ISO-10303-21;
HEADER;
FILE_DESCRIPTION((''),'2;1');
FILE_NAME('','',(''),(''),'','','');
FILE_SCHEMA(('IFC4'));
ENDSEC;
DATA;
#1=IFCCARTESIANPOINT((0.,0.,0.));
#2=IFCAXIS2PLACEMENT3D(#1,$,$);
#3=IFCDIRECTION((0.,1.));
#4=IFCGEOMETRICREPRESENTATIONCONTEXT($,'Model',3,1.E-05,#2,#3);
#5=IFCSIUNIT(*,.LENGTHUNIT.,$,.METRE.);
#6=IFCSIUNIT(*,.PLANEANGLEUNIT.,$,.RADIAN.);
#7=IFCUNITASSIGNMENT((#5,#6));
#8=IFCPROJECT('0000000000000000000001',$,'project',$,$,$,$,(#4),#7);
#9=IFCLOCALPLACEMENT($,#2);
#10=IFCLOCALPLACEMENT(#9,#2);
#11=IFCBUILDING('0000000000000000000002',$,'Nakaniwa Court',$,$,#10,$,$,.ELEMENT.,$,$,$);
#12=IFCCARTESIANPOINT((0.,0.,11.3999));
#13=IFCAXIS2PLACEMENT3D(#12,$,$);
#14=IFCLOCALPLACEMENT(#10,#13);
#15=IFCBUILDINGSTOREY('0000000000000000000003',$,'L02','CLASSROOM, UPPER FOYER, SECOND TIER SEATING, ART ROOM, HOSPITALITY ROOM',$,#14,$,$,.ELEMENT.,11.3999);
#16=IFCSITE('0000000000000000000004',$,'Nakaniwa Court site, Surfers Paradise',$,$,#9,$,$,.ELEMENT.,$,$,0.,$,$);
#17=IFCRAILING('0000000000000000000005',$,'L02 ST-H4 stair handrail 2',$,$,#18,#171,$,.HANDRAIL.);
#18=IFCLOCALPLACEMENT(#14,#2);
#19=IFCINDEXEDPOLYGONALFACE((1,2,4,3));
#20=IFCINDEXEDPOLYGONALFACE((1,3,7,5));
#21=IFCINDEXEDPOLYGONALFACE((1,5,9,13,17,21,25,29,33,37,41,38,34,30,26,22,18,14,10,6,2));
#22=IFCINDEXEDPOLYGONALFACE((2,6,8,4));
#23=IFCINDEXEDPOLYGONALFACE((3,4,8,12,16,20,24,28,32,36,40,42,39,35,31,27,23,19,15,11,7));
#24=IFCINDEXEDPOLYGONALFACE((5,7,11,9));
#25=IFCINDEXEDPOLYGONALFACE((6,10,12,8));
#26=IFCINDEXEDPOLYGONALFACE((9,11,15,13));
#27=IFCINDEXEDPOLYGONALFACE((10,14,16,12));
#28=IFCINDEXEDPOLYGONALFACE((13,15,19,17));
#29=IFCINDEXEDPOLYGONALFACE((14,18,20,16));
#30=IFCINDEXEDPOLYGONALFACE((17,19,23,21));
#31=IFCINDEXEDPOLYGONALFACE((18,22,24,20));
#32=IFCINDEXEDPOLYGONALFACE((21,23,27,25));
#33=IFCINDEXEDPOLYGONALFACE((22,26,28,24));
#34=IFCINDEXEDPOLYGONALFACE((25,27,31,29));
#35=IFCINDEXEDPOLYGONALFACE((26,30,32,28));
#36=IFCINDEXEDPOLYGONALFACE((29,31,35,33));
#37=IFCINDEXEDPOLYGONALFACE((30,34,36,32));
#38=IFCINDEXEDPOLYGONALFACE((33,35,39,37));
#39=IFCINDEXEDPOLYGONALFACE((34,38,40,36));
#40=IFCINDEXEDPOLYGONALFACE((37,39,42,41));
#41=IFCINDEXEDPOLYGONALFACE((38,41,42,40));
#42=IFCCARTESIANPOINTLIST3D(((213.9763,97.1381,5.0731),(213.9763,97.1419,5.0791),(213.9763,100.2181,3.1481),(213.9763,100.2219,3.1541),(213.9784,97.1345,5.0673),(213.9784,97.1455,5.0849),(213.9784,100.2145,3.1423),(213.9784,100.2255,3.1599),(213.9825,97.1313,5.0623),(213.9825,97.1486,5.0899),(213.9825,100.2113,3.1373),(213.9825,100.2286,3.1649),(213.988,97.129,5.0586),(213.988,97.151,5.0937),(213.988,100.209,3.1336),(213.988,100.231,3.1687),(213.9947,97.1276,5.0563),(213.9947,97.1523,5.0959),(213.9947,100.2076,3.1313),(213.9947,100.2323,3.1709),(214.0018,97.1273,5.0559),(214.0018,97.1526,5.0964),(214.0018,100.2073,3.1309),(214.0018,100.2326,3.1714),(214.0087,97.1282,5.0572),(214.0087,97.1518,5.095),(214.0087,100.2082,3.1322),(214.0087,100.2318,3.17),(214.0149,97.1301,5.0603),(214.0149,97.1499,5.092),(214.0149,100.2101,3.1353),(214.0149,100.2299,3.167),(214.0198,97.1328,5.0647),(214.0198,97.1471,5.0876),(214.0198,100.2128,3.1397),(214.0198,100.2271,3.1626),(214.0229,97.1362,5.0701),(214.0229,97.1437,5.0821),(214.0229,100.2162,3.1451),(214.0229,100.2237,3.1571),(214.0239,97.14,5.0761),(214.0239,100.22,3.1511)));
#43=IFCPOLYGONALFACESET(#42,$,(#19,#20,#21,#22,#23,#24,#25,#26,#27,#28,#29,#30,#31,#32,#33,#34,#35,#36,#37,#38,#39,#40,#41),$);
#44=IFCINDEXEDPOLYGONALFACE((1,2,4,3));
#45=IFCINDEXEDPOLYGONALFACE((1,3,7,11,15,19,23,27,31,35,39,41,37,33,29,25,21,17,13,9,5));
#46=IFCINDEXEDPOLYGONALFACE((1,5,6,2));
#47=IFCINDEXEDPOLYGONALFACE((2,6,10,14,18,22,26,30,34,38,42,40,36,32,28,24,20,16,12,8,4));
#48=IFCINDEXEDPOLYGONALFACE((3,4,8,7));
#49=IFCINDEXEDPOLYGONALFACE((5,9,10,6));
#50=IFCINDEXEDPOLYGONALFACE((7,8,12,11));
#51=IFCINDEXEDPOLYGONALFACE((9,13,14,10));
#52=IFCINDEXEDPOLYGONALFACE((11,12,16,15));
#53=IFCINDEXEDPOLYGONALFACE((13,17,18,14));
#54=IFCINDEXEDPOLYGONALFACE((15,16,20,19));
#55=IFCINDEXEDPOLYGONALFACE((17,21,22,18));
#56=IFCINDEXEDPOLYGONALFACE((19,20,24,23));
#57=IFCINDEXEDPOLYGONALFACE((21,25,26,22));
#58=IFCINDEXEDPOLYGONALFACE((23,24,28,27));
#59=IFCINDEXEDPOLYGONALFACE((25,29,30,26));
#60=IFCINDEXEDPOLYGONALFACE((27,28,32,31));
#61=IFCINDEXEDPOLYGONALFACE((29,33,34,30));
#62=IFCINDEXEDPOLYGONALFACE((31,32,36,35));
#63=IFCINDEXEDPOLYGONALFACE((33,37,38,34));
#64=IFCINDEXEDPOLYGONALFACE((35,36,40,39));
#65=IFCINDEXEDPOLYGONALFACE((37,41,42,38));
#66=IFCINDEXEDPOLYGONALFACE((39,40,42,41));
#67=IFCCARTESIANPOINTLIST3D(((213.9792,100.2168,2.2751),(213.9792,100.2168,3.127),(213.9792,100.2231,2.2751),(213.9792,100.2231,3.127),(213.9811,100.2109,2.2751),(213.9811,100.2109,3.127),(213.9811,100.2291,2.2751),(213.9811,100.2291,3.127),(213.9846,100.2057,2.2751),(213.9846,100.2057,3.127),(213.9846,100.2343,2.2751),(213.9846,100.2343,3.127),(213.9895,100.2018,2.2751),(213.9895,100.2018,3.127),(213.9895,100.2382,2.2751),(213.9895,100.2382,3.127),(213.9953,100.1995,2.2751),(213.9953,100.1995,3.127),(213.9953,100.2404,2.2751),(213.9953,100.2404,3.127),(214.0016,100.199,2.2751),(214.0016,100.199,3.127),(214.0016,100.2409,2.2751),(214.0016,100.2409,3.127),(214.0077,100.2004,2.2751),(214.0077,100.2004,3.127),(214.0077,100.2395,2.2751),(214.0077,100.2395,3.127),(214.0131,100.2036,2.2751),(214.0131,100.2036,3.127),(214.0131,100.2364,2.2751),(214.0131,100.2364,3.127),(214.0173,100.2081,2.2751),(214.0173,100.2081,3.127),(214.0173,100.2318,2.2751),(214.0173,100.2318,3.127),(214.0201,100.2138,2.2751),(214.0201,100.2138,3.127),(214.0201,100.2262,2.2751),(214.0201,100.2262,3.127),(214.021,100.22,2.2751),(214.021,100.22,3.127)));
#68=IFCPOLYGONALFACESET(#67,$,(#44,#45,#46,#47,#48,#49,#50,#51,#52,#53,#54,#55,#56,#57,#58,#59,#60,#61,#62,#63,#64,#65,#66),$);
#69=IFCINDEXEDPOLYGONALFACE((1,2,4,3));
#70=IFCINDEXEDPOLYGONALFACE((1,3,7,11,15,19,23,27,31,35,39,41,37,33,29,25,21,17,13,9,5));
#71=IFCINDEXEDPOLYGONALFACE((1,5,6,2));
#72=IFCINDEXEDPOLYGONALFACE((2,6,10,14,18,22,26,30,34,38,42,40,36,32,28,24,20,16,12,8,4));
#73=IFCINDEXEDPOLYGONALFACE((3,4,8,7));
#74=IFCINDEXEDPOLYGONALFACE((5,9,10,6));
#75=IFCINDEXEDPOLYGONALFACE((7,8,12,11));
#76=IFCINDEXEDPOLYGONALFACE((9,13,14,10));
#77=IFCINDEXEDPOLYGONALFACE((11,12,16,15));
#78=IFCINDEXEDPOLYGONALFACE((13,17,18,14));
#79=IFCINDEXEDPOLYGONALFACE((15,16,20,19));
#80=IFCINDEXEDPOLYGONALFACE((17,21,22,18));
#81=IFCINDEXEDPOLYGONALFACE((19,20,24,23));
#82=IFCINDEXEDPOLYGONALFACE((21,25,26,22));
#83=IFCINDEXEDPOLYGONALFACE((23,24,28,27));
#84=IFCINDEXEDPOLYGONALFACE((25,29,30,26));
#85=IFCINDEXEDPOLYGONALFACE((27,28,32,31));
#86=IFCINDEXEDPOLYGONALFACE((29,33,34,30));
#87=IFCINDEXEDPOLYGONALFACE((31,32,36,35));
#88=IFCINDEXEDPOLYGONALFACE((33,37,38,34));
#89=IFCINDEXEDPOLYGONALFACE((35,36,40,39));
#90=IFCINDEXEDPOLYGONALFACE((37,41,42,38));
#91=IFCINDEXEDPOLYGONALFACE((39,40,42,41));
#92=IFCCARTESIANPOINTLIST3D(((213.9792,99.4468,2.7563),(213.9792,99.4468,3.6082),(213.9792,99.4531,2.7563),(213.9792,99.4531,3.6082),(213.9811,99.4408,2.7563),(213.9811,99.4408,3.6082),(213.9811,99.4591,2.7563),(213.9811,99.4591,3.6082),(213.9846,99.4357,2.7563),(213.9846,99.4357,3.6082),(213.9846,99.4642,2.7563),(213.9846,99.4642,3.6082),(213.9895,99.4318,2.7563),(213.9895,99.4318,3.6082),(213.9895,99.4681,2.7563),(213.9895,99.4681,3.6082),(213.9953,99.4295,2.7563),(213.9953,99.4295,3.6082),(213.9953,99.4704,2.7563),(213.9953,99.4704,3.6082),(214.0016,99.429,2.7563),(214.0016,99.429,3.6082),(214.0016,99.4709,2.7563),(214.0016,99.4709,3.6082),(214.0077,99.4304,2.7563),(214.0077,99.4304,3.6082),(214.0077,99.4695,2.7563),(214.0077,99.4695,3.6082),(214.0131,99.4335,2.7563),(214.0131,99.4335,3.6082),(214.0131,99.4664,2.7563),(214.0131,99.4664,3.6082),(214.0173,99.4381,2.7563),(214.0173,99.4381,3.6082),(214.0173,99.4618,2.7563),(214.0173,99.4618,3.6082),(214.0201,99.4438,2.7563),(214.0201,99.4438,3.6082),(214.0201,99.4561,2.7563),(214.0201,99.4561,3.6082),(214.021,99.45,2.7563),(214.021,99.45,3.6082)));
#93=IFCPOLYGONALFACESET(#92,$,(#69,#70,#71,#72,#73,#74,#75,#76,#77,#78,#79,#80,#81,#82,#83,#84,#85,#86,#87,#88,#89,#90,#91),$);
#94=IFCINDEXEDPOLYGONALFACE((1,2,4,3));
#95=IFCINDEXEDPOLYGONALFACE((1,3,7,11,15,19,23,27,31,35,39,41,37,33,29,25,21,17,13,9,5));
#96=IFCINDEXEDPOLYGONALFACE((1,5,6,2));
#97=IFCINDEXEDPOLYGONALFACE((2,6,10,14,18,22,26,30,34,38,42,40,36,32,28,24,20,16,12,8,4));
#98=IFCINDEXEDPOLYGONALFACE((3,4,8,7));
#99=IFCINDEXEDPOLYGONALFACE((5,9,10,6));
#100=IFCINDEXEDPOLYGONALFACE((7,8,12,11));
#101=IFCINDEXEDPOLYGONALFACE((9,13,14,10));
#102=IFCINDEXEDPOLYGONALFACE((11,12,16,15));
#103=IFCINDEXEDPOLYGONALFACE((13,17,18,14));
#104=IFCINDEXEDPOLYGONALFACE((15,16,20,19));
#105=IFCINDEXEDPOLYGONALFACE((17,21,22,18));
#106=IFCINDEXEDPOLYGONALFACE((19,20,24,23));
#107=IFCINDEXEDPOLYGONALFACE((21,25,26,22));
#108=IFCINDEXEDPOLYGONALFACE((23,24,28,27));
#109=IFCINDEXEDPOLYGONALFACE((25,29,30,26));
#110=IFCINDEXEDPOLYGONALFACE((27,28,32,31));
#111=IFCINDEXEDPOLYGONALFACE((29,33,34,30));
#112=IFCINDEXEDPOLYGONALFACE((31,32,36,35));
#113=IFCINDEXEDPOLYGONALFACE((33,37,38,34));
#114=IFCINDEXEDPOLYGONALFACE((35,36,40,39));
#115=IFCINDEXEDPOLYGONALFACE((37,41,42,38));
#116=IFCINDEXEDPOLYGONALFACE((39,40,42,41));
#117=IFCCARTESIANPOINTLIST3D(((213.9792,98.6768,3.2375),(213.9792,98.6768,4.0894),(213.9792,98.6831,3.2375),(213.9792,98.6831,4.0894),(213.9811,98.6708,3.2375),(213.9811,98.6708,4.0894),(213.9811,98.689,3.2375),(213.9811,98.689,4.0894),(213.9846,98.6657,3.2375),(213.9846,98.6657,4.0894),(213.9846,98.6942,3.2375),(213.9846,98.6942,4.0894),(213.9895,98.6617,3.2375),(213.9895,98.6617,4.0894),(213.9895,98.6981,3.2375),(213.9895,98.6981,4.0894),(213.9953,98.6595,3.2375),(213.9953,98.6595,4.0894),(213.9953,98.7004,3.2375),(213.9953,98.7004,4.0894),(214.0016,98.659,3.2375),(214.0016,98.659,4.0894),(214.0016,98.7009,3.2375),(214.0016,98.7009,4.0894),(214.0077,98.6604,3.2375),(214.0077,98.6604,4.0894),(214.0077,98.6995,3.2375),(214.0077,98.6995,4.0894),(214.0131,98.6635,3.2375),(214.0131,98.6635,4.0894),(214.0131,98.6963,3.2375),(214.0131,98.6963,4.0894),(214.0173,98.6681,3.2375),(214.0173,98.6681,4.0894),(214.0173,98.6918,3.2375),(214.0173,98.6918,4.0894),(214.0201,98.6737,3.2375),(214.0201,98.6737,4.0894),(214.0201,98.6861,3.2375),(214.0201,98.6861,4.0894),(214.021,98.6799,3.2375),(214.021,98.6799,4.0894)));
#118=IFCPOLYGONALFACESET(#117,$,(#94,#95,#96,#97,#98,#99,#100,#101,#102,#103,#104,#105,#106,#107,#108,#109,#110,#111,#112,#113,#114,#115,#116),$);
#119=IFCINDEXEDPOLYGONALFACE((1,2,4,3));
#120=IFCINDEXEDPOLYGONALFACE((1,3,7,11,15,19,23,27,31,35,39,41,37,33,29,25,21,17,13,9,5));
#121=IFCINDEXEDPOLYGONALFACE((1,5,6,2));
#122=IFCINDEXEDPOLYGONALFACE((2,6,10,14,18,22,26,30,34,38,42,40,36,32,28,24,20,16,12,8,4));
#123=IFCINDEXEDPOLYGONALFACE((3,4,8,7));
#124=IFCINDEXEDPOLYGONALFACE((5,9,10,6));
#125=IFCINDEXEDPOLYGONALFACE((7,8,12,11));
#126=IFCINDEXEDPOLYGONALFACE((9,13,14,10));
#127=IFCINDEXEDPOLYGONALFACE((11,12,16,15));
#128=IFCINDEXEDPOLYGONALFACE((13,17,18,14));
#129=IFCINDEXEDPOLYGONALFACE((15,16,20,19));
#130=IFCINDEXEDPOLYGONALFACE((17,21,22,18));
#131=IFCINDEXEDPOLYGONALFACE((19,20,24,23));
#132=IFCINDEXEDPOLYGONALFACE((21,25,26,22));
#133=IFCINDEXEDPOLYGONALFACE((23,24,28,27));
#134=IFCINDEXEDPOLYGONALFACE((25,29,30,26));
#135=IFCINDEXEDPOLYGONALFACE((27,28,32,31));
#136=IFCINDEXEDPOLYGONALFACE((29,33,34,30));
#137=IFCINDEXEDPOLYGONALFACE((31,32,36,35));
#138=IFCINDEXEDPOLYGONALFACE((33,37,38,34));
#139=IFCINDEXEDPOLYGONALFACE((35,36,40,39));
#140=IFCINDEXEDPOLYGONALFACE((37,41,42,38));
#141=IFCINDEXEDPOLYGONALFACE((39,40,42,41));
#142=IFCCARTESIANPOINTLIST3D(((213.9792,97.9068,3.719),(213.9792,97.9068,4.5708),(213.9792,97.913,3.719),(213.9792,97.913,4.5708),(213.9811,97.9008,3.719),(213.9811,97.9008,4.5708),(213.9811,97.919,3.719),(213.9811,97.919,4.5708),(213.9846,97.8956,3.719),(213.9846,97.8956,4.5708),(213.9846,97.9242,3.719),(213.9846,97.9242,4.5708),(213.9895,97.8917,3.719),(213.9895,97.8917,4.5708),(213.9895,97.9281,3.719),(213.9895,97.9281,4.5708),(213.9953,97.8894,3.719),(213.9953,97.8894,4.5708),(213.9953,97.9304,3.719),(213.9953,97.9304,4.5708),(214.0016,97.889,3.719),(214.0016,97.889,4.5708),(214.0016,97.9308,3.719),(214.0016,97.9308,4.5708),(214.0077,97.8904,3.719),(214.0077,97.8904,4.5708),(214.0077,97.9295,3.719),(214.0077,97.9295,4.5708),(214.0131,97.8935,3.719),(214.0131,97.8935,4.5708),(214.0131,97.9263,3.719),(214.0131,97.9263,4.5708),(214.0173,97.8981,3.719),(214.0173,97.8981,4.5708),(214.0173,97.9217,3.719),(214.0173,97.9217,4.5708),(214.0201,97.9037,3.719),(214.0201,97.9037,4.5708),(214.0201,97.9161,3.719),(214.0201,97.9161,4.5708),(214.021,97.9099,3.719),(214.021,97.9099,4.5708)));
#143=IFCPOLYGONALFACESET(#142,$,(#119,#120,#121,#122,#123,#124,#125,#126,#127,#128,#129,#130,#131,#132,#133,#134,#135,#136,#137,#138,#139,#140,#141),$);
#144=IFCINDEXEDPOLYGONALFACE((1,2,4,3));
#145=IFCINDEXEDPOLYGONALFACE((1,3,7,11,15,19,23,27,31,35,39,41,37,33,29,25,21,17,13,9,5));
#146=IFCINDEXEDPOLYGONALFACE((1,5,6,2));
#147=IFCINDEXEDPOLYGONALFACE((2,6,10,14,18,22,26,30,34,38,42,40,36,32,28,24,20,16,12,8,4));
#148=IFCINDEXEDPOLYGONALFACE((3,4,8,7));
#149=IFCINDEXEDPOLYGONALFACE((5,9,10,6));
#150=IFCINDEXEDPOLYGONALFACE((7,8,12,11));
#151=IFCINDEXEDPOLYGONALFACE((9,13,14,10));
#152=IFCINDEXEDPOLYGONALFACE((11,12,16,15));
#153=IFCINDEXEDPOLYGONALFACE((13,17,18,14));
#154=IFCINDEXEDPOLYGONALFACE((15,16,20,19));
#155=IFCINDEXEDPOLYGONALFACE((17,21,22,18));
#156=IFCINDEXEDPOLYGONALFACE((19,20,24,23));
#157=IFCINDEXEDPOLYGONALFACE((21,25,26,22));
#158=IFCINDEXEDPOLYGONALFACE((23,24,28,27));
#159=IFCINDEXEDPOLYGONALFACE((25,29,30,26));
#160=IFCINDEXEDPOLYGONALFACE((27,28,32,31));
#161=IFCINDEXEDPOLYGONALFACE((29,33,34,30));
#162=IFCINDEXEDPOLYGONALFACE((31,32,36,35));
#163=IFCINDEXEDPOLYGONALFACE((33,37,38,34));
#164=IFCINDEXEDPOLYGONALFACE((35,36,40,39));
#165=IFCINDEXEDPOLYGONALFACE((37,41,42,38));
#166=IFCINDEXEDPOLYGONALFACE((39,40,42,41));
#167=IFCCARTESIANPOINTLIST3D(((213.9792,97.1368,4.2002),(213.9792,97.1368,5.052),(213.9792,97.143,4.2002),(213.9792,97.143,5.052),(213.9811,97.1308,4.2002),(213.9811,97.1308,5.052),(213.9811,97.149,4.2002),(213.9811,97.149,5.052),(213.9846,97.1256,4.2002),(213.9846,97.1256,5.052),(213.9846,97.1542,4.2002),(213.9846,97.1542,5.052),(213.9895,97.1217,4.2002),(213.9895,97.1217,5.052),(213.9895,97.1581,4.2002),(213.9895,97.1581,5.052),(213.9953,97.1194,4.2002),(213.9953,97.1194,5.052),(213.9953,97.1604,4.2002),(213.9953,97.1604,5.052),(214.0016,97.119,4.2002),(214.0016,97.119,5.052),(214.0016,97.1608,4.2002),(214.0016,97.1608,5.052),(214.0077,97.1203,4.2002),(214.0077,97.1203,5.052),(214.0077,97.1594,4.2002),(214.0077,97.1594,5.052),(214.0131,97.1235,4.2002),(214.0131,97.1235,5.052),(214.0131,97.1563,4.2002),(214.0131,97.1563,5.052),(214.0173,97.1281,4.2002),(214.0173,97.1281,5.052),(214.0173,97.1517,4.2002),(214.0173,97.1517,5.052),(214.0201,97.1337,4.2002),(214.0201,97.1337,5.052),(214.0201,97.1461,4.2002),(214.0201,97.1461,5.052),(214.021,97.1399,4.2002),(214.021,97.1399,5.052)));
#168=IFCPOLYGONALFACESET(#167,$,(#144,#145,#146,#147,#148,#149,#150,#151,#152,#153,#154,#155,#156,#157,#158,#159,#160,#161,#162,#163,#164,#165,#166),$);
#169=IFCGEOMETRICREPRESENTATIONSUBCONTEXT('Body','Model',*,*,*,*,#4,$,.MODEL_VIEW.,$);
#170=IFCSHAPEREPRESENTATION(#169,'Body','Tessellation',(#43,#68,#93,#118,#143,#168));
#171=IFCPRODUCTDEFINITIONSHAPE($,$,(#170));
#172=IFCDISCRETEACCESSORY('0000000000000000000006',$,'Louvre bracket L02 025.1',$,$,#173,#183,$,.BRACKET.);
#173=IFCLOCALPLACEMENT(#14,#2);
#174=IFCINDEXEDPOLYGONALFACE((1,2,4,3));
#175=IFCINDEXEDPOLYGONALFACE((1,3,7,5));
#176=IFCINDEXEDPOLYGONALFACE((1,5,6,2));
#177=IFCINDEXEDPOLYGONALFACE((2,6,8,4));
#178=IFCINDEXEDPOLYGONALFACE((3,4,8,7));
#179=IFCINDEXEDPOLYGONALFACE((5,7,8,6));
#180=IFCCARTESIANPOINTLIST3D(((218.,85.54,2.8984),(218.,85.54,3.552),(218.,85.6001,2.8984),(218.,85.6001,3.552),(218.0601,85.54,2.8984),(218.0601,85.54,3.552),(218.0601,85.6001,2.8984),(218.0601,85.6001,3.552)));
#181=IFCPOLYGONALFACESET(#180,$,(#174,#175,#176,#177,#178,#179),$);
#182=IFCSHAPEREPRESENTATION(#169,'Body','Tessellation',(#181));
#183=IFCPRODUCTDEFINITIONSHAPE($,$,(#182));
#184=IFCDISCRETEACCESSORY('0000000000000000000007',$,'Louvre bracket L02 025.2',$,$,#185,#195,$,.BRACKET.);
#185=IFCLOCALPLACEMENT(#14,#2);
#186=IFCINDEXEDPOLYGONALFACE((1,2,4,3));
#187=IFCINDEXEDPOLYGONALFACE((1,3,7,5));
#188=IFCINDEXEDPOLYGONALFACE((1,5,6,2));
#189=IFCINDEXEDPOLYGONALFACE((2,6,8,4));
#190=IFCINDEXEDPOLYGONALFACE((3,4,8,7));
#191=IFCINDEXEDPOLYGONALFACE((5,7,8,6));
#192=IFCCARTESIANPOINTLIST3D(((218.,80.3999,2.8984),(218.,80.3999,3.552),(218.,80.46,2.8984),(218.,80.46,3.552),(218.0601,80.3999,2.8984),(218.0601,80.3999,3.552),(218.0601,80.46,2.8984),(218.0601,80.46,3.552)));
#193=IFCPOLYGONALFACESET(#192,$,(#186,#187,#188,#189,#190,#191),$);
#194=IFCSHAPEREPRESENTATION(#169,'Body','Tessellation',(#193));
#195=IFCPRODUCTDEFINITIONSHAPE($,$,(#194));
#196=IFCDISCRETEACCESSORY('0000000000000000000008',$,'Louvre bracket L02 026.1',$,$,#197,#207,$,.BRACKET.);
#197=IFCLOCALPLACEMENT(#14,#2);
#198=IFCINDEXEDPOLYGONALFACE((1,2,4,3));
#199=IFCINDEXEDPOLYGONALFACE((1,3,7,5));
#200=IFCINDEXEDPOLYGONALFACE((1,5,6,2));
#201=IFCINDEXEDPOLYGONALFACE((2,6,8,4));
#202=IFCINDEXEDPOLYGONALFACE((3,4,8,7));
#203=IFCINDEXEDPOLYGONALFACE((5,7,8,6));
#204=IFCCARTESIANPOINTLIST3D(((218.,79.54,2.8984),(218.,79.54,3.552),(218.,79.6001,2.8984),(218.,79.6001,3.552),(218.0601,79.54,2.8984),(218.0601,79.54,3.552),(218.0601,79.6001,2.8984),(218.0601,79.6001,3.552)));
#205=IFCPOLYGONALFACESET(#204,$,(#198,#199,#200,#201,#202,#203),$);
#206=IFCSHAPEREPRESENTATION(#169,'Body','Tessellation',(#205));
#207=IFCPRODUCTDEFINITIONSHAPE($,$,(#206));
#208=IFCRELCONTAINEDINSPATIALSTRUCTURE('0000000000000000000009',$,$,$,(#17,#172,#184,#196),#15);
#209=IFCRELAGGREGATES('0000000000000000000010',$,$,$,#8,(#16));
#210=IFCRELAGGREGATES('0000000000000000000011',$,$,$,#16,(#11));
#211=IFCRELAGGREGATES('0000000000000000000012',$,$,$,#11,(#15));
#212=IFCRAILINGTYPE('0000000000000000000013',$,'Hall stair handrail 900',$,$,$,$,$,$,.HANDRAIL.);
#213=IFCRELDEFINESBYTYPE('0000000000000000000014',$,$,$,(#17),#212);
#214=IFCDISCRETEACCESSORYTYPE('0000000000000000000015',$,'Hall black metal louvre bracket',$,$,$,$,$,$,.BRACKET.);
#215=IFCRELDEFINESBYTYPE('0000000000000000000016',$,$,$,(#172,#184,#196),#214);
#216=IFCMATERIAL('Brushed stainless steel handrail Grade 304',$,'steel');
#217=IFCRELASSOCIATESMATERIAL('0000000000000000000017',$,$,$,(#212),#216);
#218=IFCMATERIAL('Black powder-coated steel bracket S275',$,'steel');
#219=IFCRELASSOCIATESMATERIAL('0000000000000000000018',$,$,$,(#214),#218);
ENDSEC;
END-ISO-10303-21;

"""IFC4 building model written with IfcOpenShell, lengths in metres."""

from ifc_helpers import new_model, si_unit, direction, frame, origin, origin_2d, place, context, subcontext, project, spatial, rectangle, circle, extrude, material, type_object, element, save


model = new_model("IFC4")

# Units and contexts
model_context = context("Model", 3, precision=1e-05, world=origin(), true_north=direction((0.0, 1.0)))
body_context = subcontext(model_context, "Body", "Model", "MODEL_VIEW")
ifc_project = project(units=[si_unit("LENGTHUNIT", "METRE"), si_unit("PLANEANGLEUNIT", "RADIAN")], contexts=[model_context])

# Site, building, storey
site_placement = place(None, origin())
site = spatial("IfcSite", under=ifc_project, at=site_placement, Name="Nakaniwa Court site, Surfers Paradise", CompositionType="ELEMENT", RefElevation=0.0)
building_placement = place(site_placement, origin())
building = spatial("IfcBuilding", under=site, at=building_placement, Name="Nakaniwa Court", CompositionType="ELEMENT")
storey_placement = place(building_placement, frame((0.0, 0.0, 11.3999)))
storey = spatial("IfcBuildingStorey", under=building, at=storey_placement, Name="L02", Description="CLASSROOM, UPPER FOYER, SECOND TIER SEATING, ART ROOM, HOSPITALITY ROOM", CompositionType="ELEMENT", Elevation=11.3999)

# Railing
ifc_material_1 = material(Name="Brushed stainless steel handrail Grade 304", Category="steel")
railing_type_1 = type_object("IfcRailingType", Name="Hall stair handrail 900", PredefinedType="HANDRAIL", material=ifc_material_1)
railing_1_placement = place(storey_placement, frame((214.0, 100.22, 2.2751)))
element("IfcRailing", 1, at=railing_1_placement, inside=storey, type_object=railing_type_1, Name="L02 ST-H4 stair handrail 2", PredefinedType="HANDRAIL", context=body_context, shape_type="SweptSolid", body=[
    extrude(circle(Radius=0.0239, at=origin_2d()), frame((0.0, 0.0, 0.876), z_axis=(0.0, -0.847998, 0.529999), x_axis=(1.0, 0.0, 0.0)), (0.0, 0.0, 1.0), 3.6321),
    extrude(circle(Radius=0.021, at=origin_2d()), origin(), (0.0, 0.0, 1.0), 0.8518),
    extrude(circle(Radius=0.021, at=origin_2d()), frame((0.0, -0.77, 0.4812)), (0.0, 0.0, 1.0), 0.8518),
    extrude(circle(Radius=0.021, at=origin_2d()), frame((0.0, -1.54, 0.9624)), (0.0, 0.0, 1.0), 0.8518),
    extrude(circle(Radius=0.021, at=origin_2d()), frame((0.0, -2.3101, 1.4438)), (0.0, 0.0, 1.0), 0.8518),
    extrude(circle(Radius=0.021, at=origin_2d()), frame((0.0, -3.0801, 1.925)), (0.0, 0.0, 1.0), 0.8518),
])

# Discrete accessories
ifc_material_2 = material(Name="Black powder-coated steel bracket S275", Category="steel")
discrete_accessory_type = type_object("IfcDiscreteAccessoryType", Name="Hall black metal louvre bracket", PredefinedType="BRACKET", material=ifc_material_2)
for number, where, z_axis, x_axis, name in (
    (2, (218.03, 85.5701, 2.8984), (0.0, 0.0, 1.0), (0.0, -1.0, 0.0), "Louvre bracket L02 025.1"),
    (3, (218.03, 80.4299, 2.8984), (0.0, 0.0, 1.0), (0.0, -1.0, 0.0), "Louvre bracket L02 025.2"),
    (4, (218.03, 79.5701, 2.8984), (0.0, 0.0, 1.0), (0.0, -1.0, 0.0), "Louvre bracket L02 026.1"),
):
    element("IfcDiscreteAccessory", number, at=place(storey_placement, frame(where, z_axis=z_axis, x_axis=x_axis)), inside=storey, type_object=discrete_accessory_type, Name=name, PredefinedType="BRACKET", context=body_context, shape_type="SweptSolid", body=[
        extrude(rectangle(XDim=0.0601, YDim=0.0601, at=origin_2d()), origin(), (0.0, 0.0, 1.0), 0.6536),
    ])

save(model, "model.ifc")
